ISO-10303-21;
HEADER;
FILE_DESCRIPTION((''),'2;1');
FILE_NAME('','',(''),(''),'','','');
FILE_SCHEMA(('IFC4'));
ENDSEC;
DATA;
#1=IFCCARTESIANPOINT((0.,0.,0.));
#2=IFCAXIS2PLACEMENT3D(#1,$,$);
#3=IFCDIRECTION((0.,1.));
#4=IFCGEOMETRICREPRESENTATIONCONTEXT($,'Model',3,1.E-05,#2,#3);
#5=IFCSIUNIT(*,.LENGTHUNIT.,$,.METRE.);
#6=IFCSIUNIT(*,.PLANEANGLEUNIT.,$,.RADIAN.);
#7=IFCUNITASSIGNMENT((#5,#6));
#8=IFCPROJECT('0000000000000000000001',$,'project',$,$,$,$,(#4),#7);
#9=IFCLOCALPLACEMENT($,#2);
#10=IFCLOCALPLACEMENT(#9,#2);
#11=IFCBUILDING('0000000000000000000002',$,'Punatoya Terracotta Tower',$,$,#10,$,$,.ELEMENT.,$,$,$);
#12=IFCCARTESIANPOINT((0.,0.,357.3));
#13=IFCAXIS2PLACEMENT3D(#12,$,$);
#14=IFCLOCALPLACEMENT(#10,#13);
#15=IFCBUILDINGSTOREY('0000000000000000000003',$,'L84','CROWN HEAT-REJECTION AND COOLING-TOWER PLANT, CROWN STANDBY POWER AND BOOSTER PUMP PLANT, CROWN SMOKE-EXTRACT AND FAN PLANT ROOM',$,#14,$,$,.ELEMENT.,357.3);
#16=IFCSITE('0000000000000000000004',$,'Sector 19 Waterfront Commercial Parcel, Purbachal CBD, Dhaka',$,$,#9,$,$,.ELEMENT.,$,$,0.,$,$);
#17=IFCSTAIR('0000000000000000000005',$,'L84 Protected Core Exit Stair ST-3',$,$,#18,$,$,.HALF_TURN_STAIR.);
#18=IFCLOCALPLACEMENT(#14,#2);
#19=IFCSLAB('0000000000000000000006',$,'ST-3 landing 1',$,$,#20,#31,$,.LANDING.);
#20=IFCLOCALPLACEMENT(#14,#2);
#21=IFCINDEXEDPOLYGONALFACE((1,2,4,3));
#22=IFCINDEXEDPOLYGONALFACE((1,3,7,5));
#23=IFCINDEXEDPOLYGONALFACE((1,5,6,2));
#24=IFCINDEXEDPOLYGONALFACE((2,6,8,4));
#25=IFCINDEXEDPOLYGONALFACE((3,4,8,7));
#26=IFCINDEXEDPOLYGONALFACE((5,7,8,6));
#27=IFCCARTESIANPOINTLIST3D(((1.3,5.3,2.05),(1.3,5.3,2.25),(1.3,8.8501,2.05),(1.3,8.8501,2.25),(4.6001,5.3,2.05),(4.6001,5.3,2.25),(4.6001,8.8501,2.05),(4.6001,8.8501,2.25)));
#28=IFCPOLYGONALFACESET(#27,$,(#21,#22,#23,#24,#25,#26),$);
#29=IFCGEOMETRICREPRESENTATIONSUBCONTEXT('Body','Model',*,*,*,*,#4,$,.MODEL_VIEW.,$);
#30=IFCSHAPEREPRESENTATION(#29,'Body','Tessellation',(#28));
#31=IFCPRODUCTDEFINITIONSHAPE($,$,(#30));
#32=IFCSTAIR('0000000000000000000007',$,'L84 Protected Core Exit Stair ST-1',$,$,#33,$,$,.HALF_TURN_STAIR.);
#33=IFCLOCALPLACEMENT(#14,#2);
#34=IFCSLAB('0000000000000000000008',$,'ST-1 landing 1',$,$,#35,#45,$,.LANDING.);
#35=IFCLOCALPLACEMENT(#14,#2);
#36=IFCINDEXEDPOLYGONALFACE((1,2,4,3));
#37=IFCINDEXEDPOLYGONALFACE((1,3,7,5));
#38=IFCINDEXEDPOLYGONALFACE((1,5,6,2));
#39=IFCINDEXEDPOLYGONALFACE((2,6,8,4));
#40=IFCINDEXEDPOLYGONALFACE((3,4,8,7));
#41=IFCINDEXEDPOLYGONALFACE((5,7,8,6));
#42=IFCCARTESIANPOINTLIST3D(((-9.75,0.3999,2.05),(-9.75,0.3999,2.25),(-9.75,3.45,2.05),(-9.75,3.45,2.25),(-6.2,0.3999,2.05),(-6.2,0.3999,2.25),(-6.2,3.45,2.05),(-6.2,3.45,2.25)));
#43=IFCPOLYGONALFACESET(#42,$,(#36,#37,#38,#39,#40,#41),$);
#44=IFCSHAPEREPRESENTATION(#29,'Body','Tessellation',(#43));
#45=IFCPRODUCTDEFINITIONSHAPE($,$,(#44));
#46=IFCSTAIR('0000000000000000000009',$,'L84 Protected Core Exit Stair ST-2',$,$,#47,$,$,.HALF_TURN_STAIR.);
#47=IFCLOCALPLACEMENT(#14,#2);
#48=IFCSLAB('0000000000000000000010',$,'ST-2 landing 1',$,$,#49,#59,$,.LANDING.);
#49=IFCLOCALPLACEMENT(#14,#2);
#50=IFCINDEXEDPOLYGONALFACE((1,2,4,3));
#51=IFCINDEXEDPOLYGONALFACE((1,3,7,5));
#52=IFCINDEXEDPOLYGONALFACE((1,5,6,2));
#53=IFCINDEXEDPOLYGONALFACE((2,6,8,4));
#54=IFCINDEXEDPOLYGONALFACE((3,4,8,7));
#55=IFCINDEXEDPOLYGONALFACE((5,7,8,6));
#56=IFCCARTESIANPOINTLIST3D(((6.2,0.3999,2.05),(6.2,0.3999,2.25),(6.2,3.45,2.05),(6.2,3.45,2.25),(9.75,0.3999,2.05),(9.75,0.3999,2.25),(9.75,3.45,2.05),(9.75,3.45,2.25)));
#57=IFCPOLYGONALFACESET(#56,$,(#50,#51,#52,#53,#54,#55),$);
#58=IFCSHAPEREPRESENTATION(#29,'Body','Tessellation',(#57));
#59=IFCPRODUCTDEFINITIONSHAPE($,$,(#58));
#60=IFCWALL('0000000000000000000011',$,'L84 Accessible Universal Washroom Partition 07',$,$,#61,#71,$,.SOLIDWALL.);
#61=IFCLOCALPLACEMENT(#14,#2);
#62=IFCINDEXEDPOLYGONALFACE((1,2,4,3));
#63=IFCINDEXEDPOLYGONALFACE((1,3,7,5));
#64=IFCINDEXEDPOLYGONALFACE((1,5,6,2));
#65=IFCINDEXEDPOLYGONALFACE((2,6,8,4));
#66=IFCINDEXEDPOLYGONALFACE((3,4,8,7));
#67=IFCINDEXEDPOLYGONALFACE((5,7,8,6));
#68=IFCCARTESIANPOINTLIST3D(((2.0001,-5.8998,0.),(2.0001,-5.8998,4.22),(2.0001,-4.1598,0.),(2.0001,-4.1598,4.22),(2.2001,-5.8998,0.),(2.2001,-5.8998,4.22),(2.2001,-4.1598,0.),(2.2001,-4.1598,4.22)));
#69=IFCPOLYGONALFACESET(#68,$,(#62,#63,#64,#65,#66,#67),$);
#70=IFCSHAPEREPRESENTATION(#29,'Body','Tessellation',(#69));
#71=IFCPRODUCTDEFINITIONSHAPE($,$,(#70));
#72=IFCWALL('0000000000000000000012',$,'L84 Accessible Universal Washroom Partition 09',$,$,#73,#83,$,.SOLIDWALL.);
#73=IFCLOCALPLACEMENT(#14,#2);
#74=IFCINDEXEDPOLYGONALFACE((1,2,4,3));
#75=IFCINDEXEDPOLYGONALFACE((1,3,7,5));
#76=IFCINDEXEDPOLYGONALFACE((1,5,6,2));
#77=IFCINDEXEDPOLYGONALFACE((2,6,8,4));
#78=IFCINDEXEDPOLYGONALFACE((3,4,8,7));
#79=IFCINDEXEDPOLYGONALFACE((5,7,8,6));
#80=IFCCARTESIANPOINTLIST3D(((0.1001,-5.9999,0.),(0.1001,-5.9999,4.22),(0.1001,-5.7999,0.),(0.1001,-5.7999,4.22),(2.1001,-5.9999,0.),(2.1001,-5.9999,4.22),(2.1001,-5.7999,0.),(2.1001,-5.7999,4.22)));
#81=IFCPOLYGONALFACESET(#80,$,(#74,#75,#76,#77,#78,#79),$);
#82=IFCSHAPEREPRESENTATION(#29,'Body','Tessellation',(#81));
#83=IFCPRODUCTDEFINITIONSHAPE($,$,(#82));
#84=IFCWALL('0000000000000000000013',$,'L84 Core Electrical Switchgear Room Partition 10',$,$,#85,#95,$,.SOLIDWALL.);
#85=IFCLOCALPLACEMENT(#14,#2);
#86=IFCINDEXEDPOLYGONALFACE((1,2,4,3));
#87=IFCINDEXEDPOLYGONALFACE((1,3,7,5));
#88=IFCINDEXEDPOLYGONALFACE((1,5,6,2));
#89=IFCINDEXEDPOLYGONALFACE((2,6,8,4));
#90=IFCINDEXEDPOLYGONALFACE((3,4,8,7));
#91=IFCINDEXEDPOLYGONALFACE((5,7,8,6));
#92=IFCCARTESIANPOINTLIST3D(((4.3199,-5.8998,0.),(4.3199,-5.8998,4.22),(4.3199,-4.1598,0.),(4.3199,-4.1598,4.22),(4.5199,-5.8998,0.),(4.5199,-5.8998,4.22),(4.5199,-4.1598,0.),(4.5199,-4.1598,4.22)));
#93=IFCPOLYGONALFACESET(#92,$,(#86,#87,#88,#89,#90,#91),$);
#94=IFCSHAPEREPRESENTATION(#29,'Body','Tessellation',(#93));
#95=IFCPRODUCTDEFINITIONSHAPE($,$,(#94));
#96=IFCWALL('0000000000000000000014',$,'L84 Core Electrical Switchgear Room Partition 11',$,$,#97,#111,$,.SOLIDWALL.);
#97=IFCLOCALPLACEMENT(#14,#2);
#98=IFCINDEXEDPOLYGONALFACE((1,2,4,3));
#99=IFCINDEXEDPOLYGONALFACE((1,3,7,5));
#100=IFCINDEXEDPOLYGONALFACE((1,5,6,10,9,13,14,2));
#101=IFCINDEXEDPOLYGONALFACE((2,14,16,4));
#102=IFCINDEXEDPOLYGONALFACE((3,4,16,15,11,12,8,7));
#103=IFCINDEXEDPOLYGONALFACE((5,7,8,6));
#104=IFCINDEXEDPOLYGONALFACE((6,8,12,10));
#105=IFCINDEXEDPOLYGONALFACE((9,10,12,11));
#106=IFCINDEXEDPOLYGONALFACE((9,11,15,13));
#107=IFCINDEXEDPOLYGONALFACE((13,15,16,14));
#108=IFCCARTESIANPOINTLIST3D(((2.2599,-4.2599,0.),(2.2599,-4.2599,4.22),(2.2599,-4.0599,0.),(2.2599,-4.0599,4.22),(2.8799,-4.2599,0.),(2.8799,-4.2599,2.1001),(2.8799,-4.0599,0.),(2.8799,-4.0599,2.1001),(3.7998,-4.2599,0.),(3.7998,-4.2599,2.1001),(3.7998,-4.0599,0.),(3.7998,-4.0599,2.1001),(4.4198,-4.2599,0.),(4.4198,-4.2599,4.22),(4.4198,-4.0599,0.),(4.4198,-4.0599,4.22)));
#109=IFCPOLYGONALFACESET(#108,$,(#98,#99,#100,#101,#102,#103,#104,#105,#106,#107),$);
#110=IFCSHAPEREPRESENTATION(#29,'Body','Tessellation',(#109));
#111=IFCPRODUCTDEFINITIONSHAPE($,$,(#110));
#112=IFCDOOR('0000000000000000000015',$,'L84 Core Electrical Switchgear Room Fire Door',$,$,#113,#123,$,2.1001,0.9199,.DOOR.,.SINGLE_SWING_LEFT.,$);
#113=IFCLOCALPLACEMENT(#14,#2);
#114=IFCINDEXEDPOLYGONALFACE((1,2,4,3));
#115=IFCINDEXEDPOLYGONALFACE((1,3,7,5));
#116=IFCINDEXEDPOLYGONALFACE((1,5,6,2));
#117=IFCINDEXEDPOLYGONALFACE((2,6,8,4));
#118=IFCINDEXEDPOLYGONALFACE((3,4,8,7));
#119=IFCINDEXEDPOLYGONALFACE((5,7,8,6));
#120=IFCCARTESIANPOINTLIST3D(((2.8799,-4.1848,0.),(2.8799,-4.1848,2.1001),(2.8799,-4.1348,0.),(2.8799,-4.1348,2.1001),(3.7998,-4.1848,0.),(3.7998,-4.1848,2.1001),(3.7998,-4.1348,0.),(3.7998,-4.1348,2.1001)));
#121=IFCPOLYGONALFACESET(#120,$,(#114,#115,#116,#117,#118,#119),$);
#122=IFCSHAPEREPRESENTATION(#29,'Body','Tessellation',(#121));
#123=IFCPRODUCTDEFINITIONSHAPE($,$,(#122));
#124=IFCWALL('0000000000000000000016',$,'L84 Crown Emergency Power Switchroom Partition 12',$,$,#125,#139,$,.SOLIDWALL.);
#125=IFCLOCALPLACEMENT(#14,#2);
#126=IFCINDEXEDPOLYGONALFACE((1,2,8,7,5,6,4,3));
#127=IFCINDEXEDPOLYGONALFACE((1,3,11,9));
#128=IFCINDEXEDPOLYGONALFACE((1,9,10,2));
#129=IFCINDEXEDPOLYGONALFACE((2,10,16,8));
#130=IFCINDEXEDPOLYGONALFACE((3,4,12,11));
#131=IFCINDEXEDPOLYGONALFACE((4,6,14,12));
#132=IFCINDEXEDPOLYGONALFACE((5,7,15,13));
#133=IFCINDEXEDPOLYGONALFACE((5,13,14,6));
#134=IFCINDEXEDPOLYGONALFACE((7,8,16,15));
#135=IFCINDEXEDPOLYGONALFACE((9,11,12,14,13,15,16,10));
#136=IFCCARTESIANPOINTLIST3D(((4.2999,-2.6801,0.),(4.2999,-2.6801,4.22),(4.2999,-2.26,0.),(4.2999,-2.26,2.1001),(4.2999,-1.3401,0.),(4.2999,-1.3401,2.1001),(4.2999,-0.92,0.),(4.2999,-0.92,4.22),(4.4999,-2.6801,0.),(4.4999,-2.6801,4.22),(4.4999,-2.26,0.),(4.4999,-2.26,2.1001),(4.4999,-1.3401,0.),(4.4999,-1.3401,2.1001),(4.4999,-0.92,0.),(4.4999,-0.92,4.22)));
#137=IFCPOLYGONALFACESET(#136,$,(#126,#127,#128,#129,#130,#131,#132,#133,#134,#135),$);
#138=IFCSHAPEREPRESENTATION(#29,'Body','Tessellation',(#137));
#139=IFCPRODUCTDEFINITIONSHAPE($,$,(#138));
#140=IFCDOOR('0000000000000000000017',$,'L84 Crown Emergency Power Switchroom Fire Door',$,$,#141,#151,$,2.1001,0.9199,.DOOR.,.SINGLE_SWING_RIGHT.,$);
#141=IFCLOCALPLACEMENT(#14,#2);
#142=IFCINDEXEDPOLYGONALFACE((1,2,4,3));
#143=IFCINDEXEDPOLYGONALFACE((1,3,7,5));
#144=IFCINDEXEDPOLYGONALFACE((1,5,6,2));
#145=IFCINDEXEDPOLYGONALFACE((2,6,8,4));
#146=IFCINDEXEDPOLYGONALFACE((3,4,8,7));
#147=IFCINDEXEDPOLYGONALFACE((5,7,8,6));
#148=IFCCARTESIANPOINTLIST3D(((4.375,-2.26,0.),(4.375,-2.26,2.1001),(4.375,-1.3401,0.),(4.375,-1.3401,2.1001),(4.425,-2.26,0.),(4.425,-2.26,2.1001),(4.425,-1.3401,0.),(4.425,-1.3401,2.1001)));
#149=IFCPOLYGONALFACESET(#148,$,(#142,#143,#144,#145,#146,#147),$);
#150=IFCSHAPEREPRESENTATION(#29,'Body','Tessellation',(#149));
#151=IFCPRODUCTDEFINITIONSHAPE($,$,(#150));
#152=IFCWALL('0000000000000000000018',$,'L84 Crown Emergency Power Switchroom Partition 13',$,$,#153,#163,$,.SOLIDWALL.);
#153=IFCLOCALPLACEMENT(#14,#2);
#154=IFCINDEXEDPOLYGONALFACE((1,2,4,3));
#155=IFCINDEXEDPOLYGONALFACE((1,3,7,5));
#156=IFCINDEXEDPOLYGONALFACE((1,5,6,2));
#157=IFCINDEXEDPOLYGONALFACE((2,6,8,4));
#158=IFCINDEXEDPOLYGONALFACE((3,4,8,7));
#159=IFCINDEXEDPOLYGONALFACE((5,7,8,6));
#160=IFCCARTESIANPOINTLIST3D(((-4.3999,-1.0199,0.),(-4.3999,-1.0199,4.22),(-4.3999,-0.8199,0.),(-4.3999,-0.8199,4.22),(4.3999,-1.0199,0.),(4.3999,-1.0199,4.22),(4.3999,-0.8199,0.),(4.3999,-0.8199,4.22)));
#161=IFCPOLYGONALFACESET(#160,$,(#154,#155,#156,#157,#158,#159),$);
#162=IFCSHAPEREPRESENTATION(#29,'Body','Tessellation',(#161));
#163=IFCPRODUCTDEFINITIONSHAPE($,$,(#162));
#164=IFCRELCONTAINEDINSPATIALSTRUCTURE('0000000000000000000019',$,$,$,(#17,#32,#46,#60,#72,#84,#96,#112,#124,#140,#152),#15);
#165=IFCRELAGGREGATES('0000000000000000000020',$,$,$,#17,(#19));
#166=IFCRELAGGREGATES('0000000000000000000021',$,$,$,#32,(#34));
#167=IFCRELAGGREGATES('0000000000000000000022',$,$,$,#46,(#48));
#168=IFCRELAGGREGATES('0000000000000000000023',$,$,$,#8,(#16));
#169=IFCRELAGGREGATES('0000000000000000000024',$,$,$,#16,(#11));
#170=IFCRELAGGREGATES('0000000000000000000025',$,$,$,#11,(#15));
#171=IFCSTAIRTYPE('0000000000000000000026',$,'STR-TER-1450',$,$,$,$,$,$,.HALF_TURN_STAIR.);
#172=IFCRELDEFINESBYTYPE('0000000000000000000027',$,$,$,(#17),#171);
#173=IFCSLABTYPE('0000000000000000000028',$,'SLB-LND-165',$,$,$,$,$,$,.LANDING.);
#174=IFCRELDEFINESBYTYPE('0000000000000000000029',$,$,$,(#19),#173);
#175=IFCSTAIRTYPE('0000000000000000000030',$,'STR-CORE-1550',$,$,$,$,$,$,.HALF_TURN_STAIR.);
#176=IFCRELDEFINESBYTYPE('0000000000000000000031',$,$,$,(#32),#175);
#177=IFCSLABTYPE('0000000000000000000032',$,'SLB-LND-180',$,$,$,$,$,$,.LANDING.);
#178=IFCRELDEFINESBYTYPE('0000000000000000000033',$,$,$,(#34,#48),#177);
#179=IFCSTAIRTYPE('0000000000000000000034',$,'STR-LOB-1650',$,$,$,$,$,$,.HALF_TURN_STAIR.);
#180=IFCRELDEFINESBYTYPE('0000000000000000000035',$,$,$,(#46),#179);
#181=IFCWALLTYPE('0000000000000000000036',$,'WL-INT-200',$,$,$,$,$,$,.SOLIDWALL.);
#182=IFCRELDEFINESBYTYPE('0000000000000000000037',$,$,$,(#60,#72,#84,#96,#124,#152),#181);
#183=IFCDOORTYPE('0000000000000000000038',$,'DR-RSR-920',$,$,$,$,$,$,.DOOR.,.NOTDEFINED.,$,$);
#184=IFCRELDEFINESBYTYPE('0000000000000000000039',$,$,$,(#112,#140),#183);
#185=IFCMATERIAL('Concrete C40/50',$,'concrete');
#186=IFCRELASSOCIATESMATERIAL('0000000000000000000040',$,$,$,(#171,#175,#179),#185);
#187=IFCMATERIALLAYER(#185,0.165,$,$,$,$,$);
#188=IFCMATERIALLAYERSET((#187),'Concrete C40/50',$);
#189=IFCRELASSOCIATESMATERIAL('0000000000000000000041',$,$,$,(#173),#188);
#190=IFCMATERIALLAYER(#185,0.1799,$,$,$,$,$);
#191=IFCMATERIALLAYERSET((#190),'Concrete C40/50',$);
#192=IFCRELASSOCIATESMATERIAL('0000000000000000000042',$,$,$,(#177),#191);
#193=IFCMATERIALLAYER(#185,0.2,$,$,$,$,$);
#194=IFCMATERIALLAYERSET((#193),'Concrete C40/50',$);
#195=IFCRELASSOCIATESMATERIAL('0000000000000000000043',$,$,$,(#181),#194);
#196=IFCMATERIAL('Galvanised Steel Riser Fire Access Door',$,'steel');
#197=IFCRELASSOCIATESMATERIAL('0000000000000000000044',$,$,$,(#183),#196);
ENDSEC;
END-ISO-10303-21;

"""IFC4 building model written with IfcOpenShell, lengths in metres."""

from ifc_helpers import new_model, si_unit, direction, frame, frame_2d, origin, place, context, subcontext, project, spatial, polyline, rectangle, outline, extrude, material, layer, layer_set, type_object, element, fill, aggregate, save


model = new_model("IFC4")

# Units and contexts
model_context = context("Model", 3, precision=1e-05, world=origin(), true_north=direction((0.0, 1.0)))
body_context = subcontext(model_context, "Body", "Model", "MODEL_VIEW")
ifc_project = project(units=[si_unit("LENGTHUNIT", "METRE"), si_unit("PLANEANGLEUNIT", "RADIAN")], contexts=[model_context])

# Site, building, storey
site_placement = place(None, origin())
site = spatial("IfcSite", under=ifc_project, at=site_placement, Name="Sector 19 Waterfront Commercial Parcel, Purbachal CBD, Dhaka", CompositionType="ELEMENT", RefElevation=0.0)
building_placement = place(site_placement, origin())
building = spatial("IfcBuilding", under=site, at=building_placement, Name="Punatoya Terracotta Tower", CompositionType="ELEMENT")
storey_placement = place(building_placement, frame((0.0, 0.0, 357.3)))
storey = spatial("IfcBuildingStorey", under=building, at=storey_placement, Name="L84", Description="CROWN HEAT-REJECTION AND COOLING-TOWER PLANT, CROWN STANDBY POWER AND BOOSTER PUMP PLANT, CROWN SMOKE-EXTRACT AND FAN PLANT ROOM", CompositionType="ELEMENT", Elevation=357.3)

# Stairs, slabs
ifc_material_1 = material(Name="Concrete C40/50", Category="concrete")
stair_type_1 = type_object("IfcStairType", Name="STR-TER-1450", PredefinedType="HALF_TURN_STAIR", material=ifc_material_1)
stair_1_placement = place(storey_placement, origin())
stair_1 = element("IfcStair", 1, at=stair_1_placement, inside=storey, type_object=stair_type_1, Name="L84 Protected Core Exit Stair ST-3", PredefinedType="HALF_TURN_STAIR")
ifc_layer_1 = layer(ifc_material_1, 0.165)
ifc_layer_set_1 = layer_set([ifc_layer_1], Name="Concrete C40/50")
slab_type_1 = type_object("IfcSlabType", Name="SLB-LND-165", PredefinedType="LANDING", material=ifc_layer_set_1)
slab_1_placement = place(storey_placement, frame((0.0, 0.0, 2.05)))
slab_1 = element("IfcSlab", 2, at=slab_1_placement, type_object=slab_type_1, Name="ST-3 landing 1", PredefinedType="LANDING", context=body_context, shape_type="SweptSolid", body=[
    extrude(outline(polyline([(1.3, 5.3), (4.6001, 5.3), (4.6001, 8.8501), (1.3, 8.8501), (1.3, 5.3)])), origin(), (0.0, 0.0, 1.0), 0.2),
])
aggregate(stair_1, [slab_1])
stair_type_2 = type_object("IfcStairType", Name="STR-CORE-1550", PredefinedType="HALF_TURN_STAIR", material=ifc_material_1)
stair_2_placement = place(storey_placement, origin())
stair_2 = element("IfcStair", 3, at=stair_2_placement, inside=storey, type_object=stair_type_2, Name="L84 Protected Core Exit Stair ST-1", PredefinedType="HALF_TURN_STAIR")
ifc_layer_2 = layer(ifc_material_1, 0.1799)
ifc_layer_set_2 = layer_set([ifc_layer_2], Name="Concrete C40/50")
slab_type_2 = type_object("IfcSlabType", Name="SLB-LND-180", PredefinedType="LANDING", material=ifc_layer_set_2)
slab_2_placement = place(storey_placement, frame((0.0, 0.0, 2.05)))
slab_2 = element("IfcSlab", 4, at=slab_2_placement, type_object=slab_type_2, Name="ST-1 landing 1", PredefinedType="LANDING", context=body_context, shape_type="SweptSolid", body=[
    extrude(outline(polyline([(-6.2, 0.3999), (-6.2, 3.45), (-9.75, 3.45), (-9.75, 0.3999), (-6.2, 0.3999)])), origin(), (0.0, 0.0, 1.0), 0.2),
])
aggregate(stair_2, [slab_2])
stair_type_3 = type_object("IfcStairType", Name="STR-LOB-1650", PredefinedType="HALF_TURN_STAIR", material=ifc_material_1)
stair_3_placement = place(storey_placement, origin())
stair_3 = element("IfcStair", 5, at=stair_3_placement, inside=storey, type_object=stair_type_3, Name="L84 Protected Core Exit Stair ST-2", PredefinedType="HALF_TURN_STAIR")
slab_3_placement = place(storey_placement, frame((0.0, 0.0, 2.05)))
slab_3 = element("IfcSlab", 6, at=slab_3_placement, type_object=slab_type_2, Name="ST-2 landing 1", PredefinedType="LANDING", context=body_context, shape_type="SweptSolid", body=[
    extrude(outline(polyline([(9.75, 0.3999), (9.75, 3.45), (6.2, 3.45), (6.2, 0.3999), (9.75, 0.3999)])), origin(), (0.0, 0.0, 1.0), 0.2),
])

# Wall
ifc_layer_3 = layer(ifc_material_1, 0.2)
ifc_layer_set_3 = layer_set([ifc_layer_3], Name="Concrete C40/50")
wall_type_1 = type_object("IfcWallType", Name="WL-INT-200", PredefinedType="SOLIDWALL", material=ifc_layer_set_3)
wall_1_placement = place(storey_placement, frame((2.1001, -5.8999, 0.0), z_axis=(0.0, 0.0, 1.0), x_axis=(0.0, 1.0, 0.0)))
element("IfcWall", 7, at=wall_1_placement, inside=storey, type_object=wall_type_1, Name="L84 Accessible Universal Washroom Partition 07", PredefinedType="SOLIDWALL", context=body_context, shape_type="SweptSolid", body=[
    extrude(rectangle(XDim=1.74, YDim=0.2, at=frame_2d((0.8701, 0.0))), origin(), (0.0, 0.0, 1.0), 4.22),
])

# Walls
wall_2_placement = place(storey_placement, frame((0.1001, -5.8999, 0.0), z_axis=(0.0, 0.0, 1.0), x_axis=(1.0, 0.0, 0.0)))
element("IfcWall", 8, at=wall_2_placement, inside=storey, type_object=wall_type_1, Name="L84 Accessible Universal Washroom Partition 09", PredefinedType="SOLIDWALL", context=body_context, shape_type="SweptSolid", body=[
    extrude(rectangle(XDim=2.0, YDim=0.2, at=frame_2d((1.0, 0.0))), origin(), (0.0, 0.0, 1.0), 4.22),
])
wall_3_placement = place(storey_placement, frame((4.4199, -5.8999, 0.0), z_axis=(0.0, 0.0, 1.0), x_axis=(0.0, 1.0, 0.0)))
element("IfcWall", 9, at=wall_3_placement, inside=storey, type_object=wall_type_1, Name="L84 Core Electrical Switchgear Room Partition 10", PredefinedType="SOLIDWALL", context=body_context, shape_type="SweptSolid", body=[
    extrude(rectangle(XDim=1.74, YDim=0.2, at=frame_2d((0.8701, 0.0))), origin(), (0.0, 0.0, 1.0), 4.22),
])

# Walls, openings, doors
wall_4_placement = place(storey_placement, frame((4.4199, -4.1599, 0.0), z_axis=(0.0, 0.0, 1.0), x_axis=(-1.0, 0.0, 0.0)))
wall_4 = element("IfcWall", 10, at=wall_4_placement, inside=storey, type_object=wall_type_1, Name="L84 Core Electrical Switchgear Room Partition 11", PredefinedType="SOLIDWALL", context=body_context, shape_type="SweptSolid", body=[
    extrude(rectangle(XDim=2.1599, YDim=0.2, at=frame_2d((1.0801, 0.0))), origin(), (0.0, 0.0, 1.0), 4.22),
])
opening_1_placement = place(wall_4_placement, frame((0.6201, 0.0, 0.0)))
opening_1 = element("IfcOpeningElement", 11, at=opening_1_placement, cuts=wall_4, PredefinedType="OPENING", context=body_context, shape_type="SweptSolid", body=[
    extrude(rectangle(XDim=0.9199, YDim=2.1001, at=frame_2d((0.46, 1.05))), frame((0.0, 0.1099, 0.0), z_axis=(0.0, -1.0, 0.0), x_axis=(1.0, 0.0, 0.0)), (0.0, 0.0, 1.0), 0.22),
])
ifc_material_2 = material(Name="Galvanised Steel Riser Fire Access Door", Category="steel")
door_type_1 = type_object("IfcDoorType", Name="DR-RSR-920", OperationType="NOTDEFINED", PredefinedType="DOOR", material=ifc_material_2)
door_1_placement = place(opening_1_placement, origin())
door_1 = element("IfcDoor", 12, at=door_1_placement, inside=storey, type_object=door_type_1, Name="L84 Core Electrical Switchgear Room Fire Door", OperationType="SINGLE_SWING_LEFT", OverallHeight=2.1001, OverallWidth=0.9199, PredefinedType="DOOR", context=body_context, shape_type="SweptSolid", body=[
    extrude(rectangle(XDim=0.9199, YDim=2.1001, at=frame_2d((0.46, 1.05))), frame((0.0, 0.0249, 0.0), z_axis=(0.0, -1.0, 0.0), x_axis=(1.0, 0.0, 0.0)), (0.0, 0.0, 1.0), 0.05),
])
fill(opening_1, door_1)
wall_5_placement = place(storey_placement, frame((4.3999, -2.6799, 0.0), z_axis=(0.0, 0.0, 1.0), x_axis=(0.0, 1.0, 0.0)))
wall_5 = element("IfcWall", 13, at=wall_5_placement, inside=storey, type_object=wall_type_1, Name="L84 Crown Emergency Power Switchroom Partition 12", PredefinedType="SOLIDWALL", context=body_context, shape_type="SweptSolid", body=[
    extrude(rectangle(XDim=1.76, YDim=0.2, at=frame_2d((0.8799, 0.0))), origin(), (0.0, 0.0, 1.0), 4.22),
])
opening_2_placement = place(wall_5_placement, frame((0.4199, 0.0, 0.0)))
opening_2 = element("IfcOpeningElement", 14, at=opening_2_placement, cuts=wall_5, PredefinedType="OPENING", context=body_context, shape_type="SweptSolid", body=[
    extrude(rectangle(XDim=0.9199, YDim=2.1001, at=frame_2d((0.46, 1.05))), frame((0.0, 0.1099, 0.0), z_axis=(0.0, -1.0, 0.0), x_axis=(1.0, 0.0, 0.0)), (0.0, 0.0, 1.0), 0.22),
])
door_2_placement = place(opening_2_placement, origin())
door_2 = element("IfcDoor", 15, at=door_2_placement, inside=storey, type_object=door_type_1, Name="L84 Crown Emergency Power Switchroom Fire Door", OperationType="SINGLE_SWING_RIGHT", OverallHeight=2.1001, OverallWidth=0.9199, PredefinedType="DOOR", context=body_context, shape_type="SweptSolid", body=[
    extrude(rectangle(XDim=0.9199, YDim=2.1001, at=frame_2d((0.46, 1.05))), frame((0.0, 0.0249, 0.0), z_axis=(0.0, -1.0, 0.0), x_axis=(1.0, 0.0, 0.0)), (0.0, 0.0, 1.0), 0.05),
])
fill(opening_2, door_2)

# Wall
wall_6_placement = place(storey_placement, frame((4.3999, -0.9199, 0.0), z_axis=(0.0, 0.0, 1.0), x_axis=(-1.0, 0.0, 0.0)))
element("IfcWall", 16, at=wall_6_placement, inside=storey, type_object=wall_type_1, Name="L84 Crown Emergency Power Switchroom Partition 13", PredefinedType="SOLIDWALL", context=body_context, shape_type="SweptSolid", body=[
    extrude(rectangle(XDim=8.7998, YDim=0.2, at=frame_2d((4.3999, 0.0))), origin(), (0.0, 0.0, 1.0), 4.22),
])

aggregate(stair_3, [slab_3])

save(model, "model.ifc")
